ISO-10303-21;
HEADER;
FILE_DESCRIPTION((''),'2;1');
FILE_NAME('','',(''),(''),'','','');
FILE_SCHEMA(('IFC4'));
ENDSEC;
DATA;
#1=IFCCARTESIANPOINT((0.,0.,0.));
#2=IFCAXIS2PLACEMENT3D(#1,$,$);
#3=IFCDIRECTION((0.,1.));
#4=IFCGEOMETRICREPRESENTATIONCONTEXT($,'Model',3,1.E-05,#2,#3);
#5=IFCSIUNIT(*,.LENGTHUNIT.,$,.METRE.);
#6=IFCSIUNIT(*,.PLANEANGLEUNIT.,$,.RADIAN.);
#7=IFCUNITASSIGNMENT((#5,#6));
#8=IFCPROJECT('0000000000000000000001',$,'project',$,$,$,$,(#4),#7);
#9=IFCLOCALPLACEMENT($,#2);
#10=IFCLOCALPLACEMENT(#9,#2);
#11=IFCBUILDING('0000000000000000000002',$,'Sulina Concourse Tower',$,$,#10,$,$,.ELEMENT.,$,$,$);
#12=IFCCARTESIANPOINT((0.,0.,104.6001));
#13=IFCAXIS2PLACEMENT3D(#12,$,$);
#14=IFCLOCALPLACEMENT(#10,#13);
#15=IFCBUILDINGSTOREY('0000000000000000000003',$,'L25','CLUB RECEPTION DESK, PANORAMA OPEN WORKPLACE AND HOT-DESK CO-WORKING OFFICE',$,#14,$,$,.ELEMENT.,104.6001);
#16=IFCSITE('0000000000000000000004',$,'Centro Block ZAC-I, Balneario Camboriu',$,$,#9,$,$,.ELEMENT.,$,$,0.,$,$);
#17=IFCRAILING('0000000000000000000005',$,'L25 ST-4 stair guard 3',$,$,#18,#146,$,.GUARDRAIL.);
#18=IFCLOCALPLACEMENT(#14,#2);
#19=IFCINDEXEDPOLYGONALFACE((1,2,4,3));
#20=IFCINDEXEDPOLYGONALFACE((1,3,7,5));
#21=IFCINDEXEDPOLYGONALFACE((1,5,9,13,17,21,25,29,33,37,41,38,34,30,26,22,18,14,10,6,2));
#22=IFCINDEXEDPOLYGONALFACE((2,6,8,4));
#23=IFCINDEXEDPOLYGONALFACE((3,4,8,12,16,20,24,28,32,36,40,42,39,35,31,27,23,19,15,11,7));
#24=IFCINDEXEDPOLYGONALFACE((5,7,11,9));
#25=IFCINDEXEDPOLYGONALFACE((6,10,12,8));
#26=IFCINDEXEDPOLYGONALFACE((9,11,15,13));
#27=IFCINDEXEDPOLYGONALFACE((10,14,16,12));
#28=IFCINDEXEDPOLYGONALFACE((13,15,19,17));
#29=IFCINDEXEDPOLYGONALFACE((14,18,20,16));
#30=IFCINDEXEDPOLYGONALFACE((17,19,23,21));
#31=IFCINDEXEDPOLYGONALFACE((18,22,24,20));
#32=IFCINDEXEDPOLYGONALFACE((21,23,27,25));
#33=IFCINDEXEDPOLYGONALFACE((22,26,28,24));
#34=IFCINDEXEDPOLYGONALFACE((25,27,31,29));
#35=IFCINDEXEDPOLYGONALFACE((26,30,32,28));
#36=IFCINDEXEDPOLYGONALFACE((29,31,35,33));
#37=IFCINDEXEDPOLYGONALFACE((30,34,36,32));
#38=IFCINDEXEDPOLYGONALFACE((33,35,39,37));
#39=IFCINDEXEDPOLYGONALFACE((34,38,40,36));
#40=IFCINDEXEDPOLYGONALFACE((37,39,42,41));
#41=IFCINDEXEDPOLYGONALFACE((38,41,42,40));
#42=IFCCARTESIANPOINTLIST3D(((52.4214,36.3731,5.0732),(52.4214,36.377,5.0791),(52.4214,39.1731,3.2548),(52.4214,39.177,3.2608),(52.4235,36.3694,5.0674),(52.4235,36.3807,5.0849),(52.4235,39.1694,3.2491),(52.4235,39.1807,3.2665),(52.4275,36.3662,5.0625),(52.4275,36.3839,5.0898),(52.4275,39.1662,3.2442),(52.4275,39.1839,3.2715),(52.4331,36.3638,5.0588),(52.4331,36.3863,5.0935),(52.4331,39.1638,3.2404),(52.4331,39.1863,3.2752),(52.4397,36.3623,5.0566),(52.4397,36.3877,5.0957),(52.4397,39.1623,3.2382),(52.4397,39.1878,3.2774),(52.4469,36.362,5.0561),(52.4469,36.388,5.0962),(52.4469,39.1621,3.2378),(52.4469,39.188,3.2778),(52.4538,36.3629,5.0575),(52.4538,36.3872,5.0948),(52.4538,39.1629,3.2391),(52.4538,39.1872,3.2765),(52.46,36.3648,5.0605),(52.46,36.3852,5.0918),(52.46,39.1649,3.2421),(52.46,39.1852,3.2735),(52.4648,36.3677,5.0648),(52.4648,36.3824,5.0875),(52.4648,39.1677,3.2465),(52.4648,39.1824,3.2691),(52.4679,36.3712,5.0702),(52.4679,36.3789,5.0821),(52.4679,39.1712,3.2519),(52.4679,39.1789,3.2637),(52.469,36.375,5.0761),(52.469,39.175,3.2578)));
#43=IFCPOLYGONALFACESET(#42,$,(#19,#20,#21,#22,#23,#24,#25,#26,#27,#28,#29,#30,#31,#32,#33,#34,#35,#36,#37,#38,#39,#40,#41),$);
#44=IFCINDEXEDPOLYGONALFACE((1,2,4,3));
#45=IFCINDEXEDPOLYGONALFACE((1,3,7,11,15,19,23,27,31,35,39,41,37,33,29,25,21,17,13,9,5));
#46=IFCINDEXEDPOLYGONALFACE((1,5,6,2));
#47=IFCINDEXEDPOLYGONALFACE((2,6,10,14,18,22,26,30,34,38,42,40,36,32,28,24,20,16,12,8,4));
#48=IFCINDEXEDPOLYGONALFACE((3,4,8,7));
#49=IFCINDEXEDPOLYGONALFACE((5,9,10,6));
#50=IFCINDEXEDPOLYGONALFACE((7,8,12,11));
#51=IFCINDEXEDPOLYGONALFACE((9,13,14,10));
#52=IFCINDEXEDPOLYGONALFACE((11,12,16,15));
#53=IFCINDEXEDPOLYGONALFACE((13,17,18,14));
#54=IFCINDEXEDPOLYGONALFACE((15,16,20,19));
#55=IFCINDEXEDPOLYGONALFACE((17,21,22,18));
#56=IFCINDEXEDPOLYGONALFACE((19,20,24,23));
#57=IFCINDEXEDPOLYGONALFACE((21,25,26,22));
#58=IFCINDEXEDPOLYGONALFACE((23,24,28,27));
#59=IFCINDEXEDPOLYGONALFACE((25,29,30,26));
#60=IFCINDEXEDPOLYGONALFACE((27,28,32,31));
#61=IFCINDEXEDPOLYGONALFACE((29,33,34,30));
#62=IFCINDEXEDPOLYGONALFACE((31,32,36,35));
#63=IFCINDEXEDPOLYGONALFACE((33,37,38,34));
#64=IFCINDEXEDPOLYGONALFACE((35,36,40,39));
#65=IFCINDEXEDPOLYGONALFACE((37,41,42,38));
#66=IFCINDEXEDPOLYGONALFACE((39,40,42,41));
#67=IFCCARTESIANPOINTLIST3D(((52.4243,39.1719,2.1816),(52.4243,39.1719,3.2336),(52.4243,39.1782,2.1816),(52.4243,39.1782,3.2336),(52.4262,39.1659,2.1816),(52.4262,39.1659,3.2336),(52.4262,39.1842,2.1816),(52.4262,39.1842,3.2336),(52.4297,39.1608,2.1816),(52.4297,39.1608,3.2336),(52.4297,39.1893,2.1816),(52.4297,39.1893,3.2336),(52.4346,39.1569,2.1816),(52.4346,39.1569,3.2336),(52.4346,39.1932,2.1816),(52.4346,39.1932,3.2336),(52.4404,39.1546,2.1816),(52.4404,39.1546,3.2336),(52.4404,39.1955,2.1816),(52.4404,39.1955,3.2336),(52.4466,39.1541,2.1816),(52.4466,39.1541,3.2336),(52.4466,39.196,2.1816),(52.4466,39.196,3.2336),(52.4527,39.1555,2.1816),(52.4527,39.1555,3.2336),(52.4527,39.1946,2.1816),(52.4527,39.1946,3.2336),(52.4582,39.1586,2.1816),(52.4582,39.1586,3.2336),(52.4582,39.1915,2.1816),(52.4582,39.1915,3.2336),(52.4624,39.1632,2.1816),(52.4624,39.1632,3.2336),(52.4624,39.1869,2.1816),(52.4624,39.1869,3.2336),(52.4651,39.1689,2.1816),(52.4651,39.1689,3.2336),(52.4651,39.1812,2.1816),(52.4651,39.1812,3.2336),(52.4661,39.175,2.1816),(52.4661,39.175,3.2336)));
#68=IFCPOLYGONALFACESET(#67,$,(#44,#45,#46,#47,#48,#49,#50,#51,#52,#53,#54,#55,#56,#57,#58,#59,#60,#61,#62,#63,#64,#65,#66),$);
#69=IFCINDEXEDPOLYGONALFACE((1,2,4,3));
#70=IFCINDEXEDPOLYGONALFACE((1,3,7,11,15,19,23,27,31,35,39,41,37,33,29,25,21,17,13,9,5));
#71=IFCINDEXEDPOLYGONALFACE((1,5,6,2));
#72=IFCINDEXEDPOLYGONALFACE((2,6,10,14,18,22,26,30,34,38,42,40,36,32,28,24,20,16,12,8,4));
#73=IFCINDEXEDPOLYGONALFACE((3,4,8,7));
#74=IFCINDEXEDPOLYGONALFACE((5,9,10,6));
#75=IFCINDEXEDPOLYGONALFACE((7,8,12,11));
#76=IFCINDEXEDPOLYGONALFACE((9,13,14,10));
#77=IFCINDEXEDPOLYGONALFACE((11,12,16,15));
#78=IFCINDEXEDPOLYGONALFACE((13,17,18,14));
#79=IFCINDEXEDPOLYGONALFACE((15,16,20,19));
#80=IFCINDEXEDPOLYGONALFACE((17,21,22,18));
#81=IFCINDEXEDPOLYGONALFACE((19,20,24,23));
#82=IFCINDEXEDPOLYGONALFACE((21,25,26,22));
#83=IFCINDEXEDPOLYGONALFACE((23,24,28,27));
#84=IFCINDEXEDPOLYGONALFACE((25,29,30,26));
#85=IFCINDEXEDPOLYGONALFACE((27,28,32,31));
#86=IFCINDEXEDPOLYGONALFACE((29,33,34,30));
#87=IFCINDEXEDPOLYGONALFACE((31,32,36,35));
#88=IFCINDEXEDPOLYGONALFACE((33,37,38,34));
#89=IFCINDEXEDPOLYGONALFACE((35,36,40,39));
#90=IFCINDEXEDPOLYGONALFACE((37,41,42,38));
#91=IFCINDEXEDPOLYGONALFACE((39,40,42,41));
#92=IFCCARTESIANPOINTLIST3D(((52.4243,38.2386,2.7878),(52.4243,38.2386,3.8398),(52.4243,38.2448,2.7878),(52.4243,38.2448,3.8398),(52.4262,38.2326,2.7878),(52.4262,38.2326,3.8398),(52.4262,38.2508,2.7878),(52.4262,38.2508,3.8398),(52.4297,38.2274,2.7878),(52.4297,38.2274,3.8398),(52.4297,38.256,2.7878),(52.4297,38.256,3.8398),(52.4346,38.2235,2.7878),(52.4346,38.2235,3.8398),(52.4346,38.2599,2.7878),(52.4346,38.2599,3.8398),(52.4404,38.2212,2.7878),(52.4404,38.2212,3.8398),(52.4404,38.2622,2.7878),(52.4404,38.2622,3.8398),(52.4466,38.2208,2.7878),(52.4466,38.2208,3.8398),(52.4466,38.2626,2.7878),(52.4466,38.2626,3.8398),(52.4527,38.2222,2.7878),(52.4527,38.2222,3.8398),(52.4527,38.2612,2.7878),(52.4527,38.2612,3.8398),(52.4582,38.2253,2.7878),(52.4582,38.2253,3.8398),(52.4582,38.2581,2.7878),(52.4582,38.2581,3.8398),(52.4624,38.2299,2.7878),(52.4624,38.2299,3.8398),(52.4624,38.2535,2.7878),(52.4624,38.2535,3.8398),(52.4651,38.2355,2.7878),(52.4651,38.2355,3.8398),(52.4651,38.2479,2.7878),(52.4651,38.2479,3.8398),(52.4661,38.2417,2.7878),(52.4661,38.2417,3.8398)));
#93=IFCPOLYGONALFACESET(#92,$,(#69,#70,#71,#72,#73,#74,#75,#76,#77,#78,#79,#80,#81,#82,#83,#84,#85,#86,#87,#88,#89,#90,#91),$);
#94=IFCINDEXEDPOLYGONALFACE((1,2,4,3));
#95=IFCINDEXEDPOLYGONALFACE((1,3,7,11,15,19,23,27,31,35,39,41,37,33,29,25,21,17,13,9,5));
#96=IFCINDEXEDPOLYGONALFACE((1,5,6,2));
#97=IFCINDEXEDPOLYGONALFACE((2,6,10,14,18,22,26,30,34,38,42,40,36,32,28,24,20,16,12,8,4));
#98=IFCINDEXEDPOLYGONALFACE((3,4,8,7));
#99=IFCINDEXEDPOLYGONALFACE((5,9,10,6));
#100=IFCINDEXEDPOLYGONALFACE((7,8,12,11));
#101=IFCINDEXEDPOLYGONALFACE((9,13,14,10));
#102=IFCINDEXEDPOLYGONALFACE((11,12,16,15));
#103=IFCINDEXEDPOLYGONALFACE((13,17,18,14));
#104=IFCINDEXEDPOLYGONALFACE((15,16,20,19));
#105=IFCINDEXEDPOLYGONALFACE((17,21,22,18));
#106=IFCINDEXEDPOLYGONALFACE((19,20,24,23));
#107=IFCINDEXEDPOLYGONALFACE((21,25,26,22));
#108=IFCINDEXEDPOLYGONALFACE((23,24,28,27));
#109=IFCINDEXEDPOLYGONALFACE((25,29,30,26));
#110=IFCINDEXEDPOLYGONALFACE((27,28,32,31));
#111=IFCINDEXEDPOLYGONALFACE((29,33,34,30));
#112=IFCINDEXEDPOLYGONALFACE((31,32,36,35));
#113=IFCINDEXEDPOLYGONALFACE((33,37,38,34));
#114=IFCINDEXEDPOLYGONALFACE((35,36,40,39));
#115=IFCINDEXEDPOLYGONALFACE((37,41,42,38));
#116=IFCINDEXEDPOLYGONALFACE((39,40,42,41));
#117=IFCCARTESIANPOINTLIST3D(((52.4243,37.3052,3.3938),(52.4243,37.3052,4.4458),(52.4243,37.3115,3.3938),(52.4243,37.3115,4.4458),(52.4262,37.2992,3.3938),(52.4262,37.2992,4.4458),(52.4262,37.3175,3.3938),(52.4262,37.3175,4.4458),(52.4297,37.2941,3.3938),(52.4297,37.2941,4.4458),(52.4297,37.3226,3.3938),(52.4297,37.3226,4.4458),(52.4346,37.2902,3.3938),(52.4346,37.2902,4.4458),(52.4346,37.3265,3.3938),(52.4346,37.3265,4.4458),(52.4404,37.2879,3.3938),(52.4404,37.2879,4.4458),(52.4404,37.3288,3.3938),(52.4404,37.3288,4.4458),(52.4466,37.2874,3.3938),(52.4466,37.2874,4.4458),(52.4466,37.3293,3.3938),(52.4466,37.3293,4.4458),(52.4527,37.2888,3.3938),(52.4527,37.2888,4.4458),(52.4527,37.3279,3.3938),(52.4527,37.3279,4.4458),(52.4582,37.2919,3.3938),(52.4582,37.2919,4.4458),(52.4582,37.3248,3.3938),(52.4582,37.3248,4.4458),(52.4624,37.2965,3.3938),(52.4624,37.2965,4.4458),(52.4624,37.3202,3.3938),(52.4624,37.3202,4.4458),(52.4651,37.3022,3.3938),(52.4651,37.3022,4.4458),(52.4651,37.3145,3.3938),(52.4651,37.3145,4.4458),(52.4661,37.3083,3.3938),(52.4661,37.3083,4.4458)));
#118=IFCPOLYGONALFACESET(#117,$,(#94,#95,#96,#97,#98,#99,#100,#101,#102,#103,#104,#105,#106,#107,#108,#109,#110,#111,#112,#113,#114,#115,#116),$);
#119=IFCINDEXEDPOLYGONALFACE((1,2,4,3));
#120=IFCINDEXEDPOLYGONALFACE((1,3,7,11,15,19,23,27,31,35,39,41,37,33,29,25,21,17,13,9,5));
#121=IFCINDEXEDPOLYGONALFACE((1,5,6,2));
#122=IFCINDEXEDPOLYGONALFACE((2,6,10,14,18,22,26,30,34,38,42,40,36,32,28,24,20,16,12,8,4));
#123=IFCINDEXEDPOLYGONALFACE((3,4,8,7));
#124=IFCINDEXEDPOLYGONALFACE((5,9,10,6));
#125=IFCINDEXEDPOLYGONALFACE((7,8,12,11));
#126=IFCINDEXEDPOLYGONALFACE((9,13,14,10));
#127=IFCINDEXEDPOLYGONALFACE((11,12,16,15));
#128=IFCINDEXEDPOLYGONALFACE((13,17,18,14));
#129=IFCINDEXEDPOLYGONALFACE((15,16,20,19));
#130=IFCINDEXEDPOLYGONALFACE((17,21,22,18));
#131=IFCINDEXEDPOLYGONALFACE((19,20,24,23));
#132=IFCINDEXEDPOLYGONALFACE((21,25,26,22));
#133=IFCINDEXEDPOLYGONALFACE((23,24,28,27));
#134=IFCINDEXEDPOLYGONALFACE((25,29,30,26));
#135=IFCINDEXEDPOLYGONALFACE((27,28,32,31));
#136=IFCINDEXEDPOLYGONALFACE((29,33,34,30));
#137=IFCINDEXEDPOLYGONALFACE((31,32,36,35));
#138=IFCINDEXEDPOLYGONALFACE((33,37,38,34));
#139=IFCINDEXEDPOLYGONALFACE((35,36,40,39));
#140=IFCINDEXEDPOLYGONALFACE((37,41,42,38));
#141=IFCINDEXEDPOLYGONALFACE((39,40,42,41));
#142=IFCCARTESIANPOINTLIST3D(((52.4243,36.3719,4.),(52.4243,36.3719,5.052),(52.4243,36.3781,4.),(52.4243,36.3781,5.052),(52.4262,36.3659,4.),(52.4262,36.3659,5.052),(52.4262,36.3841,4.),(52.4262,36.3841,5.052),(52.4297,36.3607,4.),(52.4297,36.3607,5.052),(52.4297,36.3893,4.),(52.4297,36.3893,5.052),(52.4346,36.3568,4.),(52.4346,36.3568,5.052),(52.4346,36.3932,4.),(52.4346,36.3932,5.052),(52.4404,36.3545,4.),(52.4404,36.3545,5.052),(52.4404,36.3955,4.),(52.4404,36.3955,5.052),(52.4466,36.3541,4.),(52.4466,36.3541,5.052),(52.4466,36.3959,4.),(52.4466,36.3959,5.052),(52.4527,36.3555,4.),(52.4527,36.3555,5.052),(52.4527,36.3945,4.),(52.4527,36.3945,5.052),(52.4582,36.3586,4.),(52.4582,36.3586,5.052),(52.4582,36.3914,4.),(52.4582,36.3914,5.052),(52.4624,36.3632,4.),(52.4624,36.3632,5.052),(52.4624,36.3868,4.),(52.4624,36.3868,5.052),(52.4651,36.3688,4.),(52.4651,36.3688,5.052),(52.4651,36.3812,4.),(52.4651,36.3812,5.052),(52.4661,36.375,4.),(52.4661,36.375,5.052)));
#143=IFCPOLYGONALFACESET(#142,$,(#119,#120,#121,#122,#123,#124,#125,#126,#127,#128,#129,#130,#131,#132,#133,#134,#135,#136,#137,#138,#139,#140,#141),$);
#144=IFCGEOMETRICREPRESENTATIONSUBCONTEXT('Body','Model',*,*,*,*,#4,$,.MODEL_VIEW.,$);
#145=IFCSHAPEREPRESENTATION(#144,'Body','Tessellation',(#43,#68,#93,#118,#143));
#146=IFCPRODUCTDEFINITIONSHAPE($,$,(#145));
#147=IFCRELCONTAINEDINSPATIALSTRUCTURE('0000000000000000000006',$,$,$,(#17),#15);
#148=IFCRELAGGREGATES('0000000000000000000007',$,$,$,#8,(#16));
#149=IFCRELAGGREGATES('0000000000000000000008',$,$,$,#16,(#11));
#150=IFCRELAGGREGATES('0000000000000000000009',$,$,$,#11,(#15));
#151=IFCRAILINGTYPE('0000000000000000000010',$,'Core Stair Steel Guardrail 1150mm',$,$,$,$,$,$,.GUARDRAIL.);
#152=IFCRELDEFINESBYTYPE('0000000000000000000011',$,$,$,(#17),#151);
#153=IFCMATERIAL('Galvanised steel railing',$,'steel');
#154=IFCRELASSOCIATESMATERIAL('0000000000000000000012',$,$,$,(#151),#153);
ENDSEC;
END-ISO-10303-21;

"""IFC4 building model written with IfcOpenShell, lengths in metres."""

from ifc_helpers import new_model, si_unit, direction, frame, origin, origin_2d, place, context, subcontext, project, spatial, circle, extrude, material, type_object, element, save


model = new_model("IFC4")

# Units and contexts
model_context = context("Model", 3, precision=1e-05, world=origin(), true_north=direction((0.0, 1.0)))
body_context = subcontext(model_context, "Body", "Model", "MODEL_VIEW")
ifc_project = project(units=[si_unit("LENGTHUNIT", "METRE"), si_unit("PLANEANGLEUNIT", "RADIAN")], contexts=[model_context])

# Site, building, storey
site_placement = place(None, origin())
site = spatial("IfcSite", under=ifc_project, at=site_placement, Name="Centro Block ZAC-I, Balneario Camboriu", CompositionType="ELEMENT", RefElevation=0.0)
building_placement = place(site_placement, origin())
building = spatial("IfcBuilding", under=site, at=building_placement, Name="Sulina Concourse Tower", CompositionType="ELEMENT")
storey_placement = place(building_placement, frame((0.0, 0.0, 104.6001)))
storey = spatial("IfcBuildingStorey", under=building, at=storey_placement, Name="L25", Description="CLUB RECEPTION DESK, PANORAMA OPEN WORKPLACE AND HOT-DESK CO-WORKING OFFICE", CompositionType="ELEMENT", Elevation=104.6001)

# Railing
ifc_material_1 = material(Name="Galvanised steel railing", Category="steel")
railing_type_1 = type_object("IfcRailingType", Name="Core Stair Steel Guardrail 1150mm", PredefinedType="GUARDRAIL", material=ifc_material_1)
railing_1_placement = place(storey_placement, frame((52.4451, 39.175, 2.1816)))
element("IfcRailing", 1, at=railing_1_placement, inside=storey, type_object=railing_type_1, Name="L25 ST-4 stair guard 3", PredefinedType="GUARDRAIL", context=body_context, shape_type="SweptSolid", body=[
    extrude(circle(Radius=0.0239, at=origin_2d()), frame((0.0, 0.0, 1.0762), z_axis=(0.0, -0.838672, 0.544636), x_axis=(1.0, 0.0, 0.0)), (0.0, 0.0, 1.0), 3.3386),
    extrude(circle(Radius=0.021, at=origin_2d()), origin(), (0.0, 0.0, 1.0), 1.052),
    extrude(circle(Radius=0.021, at=origin_2d()), frame((0.0, -0.9333, 0.6062)), (0.0, 0.0, 1.0), 1.052),
    extrude(circle(Radius=0.021, at=origin_2d()), frame((0.0, -1.8667, 1.2122)), (0.0, 0.0, 1.0), 1.052),
    extrude(circle(Radius=0.021, at=origin_2d()), frame((0.0, -2.8, 1.8184)), (0.0, 0.0, 1.0), 1.052),
])

save(model, "model.ifc")
